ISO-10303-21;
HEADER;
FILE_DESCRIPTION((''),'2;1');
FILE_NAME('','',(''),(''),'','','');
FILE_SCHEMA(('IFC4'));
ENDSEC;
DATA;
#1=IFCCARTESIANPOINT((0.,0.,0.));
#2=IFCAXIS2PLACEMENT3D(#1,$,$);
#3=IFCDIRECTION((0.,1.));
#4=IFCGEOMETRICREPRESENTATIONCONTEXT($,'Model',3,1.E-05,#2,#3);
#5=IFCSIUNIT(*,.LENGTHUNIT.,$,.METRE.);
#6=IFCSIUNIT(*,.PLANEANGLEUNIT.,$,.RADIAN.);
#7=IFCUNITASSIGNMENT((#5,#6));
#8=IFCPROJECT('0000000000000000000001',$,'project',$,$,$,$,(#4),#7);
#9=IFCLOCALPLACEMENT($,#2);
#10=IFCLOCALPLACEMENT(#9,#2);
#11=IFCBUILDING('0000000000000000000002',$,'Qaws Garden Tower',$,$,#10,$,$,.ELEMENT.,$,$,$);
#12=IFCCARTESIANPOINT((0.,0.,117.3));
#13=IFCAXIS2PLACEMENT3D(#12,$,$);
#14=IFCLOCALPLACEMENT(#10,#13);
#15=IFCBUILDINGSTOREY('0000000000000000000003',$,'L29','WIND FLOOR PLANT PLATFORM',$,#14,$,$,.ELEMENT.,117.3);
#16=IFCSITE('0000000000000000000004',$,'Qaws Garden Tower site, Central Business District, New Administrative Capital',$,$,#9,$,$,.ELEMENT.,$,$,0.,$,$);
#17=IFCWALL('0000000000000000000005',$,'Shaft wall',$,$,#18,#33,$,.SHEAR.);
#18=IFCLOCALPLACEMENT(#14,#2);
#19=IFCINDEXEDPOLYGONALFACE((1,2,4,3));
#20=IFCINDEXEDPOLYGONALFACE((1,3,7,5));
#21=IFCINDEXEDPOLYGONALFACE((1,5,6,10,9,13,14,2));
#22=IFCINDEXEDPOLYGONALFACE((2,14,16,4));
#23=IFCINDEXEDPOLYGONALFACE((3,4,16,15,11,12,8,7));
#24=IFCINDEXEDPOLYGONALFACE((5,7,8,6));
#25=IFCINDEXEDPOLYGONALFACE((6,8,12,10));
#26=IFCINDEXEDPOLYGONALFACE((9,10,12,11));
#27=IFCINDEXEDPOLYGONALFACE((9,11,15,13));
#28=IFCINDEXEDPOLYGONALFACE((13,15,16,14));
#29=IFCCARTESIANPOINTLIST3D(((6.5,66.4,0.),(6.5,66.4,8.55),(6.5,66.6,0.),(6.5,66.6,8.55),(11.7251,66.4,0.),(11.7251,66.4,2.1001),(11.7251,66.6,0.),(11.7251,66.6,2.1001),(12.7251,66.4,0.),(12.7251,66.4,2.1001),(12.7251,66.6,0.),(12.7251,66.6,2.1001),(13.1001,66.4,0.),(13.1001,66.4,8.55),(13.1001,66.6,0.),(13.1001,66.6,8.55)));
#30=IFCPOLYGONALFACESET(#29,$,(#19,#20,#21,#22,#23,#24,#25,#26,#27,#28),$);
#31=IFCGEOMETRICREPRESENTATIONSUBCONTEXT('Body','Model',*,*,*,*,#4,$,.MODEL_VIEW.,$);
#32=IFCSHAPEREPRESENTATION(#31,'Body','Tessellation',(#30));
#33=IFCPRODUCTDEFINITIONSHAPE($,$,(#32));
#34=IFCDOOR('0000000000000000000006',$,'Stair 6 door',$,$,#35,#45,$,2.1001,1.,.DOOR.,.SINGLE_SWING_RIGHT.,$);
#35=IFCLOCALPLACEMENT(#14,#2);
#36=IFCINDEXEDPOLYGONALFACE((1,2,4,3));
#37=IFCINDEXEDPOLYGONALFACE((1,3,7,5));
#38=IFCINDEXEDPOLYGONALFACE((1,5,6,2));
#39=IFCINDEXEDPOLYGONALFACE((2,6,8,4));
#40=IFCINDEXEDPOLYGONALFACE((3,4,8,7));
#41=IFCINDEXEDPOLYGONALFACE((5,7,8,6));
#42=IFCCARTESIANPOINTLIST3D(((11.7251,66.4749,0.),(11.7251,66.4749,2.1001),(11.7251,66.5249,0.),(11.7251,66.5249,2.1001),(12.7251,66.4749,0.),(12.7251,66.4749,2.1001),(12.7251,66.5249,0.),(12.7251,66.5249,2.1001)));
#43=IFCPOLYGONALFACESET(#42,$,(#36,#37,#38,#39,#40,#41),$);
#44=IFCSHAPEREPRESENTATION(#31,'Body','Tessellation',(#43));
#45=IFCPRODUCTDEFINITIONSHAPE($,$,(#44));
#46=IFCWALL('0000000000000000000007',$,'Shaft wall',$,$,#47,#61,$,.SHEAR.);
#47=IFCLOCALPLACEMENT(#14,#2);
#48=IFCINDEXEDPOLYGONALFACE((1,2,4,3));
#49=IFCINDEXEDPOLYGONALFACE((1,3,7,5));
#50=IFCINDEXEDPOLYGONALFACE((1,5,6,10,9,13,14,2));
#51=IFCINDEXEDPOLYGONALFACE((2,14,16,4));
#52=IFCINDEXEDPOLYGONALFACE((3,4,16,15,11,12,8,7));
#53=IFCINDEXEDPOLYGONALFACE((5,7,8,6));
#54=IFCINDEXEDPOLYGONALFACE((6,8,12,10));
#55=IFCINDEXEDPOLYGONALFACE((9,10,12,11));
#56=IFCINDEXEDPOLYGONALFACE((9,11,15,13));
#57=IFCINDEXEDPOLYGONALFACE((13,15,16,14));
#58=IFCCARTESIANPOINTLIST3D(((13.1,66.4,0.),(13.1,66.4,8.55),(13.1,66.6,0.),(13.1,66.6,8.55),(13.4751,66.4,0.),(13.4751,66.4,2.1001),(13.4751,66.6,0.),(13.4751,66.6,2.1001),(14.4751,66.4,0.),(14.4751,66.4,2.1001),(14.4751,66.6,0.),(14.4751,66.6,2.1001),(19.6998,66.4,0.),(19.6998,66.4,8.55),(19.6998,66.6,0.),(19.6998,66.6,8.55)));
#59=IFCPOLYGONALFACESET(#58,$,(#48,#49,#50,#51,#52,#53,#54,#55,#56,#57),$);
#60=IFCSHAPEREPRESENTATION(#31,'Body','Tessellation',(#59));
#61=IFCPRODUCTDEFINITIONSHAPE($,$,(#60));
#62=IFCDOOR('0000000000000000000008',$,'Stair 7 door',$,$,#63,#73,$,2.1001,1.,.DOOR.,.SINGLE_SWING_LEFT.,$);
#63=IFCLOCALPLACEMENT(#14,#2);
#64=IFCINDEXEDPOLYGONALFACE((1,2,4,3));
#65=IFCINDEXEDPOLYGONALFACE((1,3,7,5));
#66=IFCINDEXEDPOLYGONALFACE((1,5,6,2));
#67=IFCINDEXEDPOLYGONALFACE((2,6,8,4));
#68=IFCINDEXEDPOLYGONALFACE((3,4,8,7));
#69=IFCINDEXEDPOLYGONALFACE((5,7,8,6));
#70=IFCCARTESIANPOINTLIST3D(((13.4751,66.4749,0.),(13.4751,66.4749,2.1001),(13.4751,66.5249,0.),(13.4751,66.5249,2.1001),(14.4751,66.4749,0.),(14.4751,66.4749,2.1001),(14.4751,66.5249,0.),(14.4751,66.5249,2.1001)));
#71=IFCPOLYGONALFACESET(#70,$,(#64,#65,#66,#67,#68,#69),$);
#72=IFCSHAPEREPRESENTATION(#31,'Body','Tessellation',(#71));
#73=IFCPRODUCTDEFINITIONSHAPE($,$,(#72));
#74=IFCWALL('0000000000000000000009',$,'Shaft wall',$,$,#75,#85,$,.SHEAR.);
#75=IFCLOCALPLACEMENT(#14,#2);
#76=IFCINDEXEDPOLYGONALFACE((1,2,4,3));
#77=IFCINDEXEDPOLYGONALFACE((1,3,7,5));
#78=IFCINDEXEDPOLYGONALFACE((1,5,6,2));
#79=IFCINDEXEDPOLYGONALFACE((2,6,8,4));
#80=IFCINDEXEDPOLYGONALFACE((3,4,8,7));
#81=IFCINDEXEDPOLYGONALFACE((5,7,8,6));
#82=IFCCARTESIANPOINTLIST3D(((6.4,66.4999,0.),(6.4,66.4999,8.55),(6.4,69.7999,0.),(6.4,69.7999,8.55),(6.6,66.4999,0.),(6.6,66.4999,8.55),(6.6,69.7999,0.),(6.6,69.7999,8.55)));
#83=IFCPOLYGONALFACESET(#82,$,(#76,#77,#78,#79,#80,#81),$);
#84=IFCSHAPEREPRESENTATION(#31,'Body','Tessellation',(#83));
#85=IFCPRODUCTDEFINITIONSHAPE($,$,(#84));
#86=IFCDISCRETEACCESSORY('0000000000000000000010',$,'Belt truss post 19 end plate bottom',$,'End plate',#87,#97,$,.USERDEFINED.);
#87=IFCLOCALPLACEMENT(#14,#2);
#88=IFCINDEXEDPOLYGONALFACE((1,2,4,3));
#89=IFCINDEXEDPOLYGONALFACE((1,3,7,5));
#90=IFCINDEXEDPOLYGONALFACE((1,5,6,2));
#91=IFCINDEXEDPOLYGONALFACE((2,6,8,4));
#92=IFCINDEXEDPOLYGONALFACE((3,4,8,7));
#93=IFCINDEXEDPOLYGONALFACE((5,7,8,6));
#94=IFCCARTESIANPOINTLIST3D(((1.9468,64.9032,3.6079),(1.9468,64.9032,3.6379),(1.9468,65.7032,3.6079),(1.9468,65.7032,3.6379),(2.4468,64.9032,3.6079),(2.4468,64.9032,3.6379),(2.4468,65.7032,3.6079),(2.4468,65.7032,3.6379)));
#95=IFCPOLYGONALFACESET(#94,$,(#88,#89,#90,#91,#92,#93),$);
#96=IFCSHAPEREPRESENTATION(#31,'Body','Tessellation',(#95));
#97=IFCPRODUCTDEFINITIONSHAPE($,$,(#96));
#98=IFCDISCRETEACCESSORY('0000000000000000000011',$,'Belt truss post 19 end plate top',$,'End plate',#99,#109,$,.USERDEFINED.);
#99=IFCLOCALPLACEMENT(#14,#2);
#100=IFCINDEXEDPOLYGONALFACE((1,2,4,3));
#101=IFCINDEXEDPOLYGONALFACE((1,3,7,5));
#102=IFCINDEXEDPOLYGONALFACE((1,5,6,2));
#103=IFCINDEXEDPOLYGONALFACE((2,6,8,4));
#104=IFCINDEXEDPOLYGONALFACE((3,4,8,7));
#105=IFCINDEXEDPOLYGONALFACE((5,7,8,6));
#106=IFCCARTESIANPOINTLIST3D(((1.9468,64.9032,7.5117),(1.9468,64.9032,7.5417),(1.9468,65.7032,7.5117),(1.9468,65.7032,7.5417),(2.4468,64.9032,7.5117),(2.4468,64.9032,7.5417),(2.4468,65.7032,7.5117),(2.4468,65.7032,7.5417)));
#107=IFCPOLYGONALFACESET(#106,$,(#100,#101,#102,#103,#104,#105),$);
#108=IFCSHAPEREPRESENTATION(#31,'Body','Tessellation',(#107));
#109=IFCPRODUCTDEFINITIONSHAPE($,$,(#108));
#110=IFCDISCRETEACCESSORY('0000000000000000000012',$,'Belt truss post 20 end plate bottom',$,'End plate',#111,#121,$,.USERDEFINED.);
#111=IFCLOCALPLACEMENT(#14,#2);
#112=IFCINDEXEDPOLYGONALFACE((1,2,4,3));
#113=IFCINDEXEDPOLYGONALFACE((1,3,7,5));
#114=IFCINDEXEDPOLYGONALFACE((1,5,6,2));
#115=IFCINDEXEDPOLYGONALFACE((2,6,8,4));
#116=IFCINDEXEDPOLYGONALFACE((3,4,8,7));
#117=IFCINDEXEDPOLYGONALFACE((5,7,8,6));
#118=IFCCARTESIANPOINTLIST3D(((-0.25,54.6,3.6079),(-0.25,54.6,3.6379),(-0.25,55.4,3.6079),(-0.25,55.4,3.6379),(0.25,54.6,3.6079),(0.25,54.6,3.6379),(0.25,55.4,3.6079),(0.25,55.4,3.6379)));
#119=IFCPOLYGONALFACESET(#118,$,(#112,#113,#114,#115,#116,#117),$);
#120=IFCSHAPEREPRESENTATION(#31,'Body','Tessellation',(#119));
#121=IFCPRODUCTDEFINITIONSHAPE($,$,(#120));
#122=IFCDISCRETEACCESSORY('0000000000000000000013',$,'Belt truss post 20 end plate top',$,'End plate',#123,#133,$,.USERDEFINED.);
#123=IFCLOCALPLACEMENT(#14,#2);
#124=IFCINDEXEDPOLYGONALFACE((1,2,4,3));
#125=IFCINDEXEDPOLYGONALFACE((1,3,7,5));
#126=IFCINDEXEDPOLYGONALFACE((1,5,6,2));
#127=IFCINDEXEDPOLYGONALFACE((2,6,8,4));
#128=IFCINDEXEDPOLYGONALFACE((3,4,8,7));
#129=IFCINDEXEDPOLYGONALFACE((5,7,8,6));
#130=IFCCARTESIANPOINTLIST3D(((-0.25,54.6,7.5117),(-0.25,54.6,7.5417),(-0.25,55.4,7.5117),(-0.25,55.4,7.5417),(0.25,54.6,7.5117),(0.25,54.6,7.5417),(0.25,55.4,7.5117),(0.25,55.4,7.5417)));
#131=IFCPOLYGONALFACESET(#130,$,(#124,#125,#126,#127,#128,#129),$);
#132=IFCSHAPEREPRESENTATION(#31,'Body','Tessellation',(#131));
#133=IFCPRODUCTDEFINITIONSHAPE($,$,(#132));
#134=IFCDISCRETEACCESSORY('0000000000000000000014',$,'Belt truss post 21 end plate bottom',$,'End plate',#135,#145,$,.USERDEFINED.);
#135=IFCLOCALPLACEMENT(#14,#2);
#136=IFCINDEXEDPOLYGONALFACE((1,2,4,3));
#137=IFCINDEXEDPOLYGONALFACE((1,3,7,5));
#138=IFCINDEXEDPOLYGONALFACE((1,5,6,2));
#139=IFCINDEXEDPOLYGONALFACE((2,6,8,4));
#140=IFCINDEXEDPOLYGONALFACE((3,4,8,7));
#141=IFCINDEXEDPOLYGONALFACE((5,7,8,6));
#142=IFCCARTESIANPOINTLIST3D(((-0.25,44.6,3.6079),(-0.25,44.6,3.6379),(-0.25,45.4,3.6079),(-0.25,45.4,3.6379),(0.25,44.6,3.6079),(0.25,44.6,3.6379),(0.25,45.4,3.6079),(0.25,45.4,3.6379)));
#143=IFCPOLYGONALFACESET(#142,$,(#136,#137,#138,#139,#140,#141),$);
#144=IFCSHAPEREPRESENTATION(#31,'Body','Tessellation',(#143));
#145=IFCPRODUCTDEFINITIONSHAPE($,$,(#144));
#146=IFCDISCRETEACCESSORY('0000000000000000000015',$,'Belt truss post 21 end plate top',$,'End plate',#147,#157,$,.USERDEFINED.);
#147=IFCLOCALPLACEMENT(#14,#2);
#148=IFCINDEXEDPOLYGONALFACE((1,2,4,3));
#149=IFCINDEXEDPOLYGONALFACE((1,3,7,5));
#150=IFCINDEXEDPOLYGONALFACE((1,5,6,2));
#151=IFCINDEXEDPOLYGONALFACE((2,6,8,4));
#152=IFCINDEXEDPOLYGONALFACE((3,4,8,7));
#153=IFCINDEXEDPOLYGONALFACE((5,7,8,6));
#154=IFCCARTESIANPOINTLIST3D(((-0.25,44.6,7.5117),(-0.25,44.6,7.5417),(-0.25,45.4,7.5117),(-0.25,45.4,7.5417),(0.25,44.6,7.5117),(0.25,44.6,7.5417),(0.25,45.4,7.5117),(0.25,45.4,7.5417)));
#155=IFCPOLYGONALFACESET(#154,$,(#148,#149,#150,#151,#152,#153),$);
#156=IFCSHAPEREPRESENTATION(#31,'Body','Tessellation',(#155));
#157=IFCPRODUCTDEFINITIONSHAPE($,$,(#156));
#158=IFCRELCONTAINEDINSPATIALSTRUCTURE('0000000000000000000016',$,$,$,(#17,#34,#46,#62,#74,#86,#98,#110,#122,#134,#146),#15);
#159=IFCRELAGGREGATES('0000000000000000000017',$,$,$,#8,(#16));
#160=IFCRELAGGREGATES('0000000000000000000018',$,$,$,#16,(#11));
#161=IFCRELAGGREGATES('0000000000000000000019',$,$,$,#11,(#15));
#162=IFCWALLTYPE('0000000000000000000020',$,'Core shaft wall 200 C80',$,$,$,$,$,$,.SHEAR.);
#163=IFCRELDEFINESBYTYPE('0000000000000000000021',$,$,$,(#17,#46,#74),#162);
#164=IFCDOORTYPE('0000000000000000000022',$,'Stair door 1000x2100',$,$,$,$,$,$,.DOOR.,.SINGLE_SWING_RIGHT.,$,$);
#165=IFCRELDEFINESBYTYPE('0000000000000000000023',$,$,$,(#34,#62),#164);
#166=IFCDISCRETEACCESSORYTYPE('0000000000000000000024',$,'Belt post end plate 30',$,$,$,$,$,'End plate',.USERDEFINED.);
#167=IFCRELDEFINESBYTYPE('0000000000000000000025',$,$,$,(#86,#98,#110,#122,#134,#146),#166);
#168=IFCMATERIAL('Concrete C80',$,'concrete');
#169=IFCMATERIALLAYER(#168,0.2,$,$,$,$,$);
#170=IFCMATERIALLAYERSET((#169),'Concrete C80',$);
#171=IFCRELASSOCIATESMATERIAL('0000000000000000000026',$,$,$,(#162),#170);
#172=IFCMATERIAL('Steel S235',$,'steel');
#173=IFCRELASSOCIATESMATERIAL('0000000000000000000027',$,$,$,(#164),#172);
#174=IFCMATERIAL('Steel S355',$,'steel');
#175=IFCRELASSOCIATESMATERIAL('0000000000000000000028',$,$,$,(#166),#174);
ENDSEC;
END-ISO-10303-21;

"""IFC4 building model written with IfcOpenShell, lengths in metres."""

from ifc_helpers import new_model, si_unit, direction, frame, frame_2d, origin, origin_2d, place, context, subcontext, project, spatial, rectangle, extrude, material, layer, layer_set, type_object, element, fill, save


model = new_model("IFC4")

# Units and contexts
model_context = context("Model", 3, precision=1e-05, world=origin(), true_north=direction((0.0, 1.0)))
body_context = subcontext(model_context, "Body", "Model", "MODEL_VIEW")
ifc_project = project(units=[si_unit("LENGTHUNIT", "METRE"), si_unit("PLANEANGLEUNIT", "RADIAN")], contexts=[model_context])

# Site, building, storey
site_placement = place(None, origin())
site = spatial("IfcSite", under=ifc_project, at=site_placement, Name="Qaws Garden Tower site, Central Business District, New Administrative Capital", CompositionType="ELEMENT", RefElevation=0.0)
building_placement = place(site_placement, origin())
building = spatial("IfcBuilding", under=site, at=building_placement, Name="Qaws Garden Tower", CompositionType="ELEMENT")
storey_placement = place(building_placement, frame((0.0, 0.0, 117.3)))
storey = spatial("IfcBuildingStorey", under=building, at=storey_placement, Name="L29", Description="WIND FLOOR PLANT PLATFORM", CompositionType="ELEMENT", Elevation=117.3)

# Shared definitions
placement_1 = place(storey_placement, frame((2.1968, 65.3032, 3.6079), z_axis=(0.0, 0.0, 1.0), x_axis=(1.0, 0.0, 0.0)))
placement_2 = place(storey_placement, frame((0.0, 55.0, 3.6079), z_axis=(0.0, 0.0, 1.0), x_axis=(1.0, 0.0, 0.0)))

# Walls, openings, doors
ifc_material_1 = material(Name="Concrete C80", Category="concrete")
ifc_layer = layer(ifc_material_1, 0.2)
ifc_layer_set = layer_set([ifc_layer], Name="Concrete C80")
wall_type = type_object("IfcWallType", Name="Core shaft wall 200 C80", PredefinedType="SHEAR", material=ifc_layer_set)
wall_1_placement = place(storey_placement, frame((6.5, 66.5, 0.0), z_axis=(0.0, 0.0, 1.0), x_axis=(1.0, 0.0, 0.0)))
wall_1 = element("IfcWall", 1, at=wall_1_placement, inside=storey, type_object=wall_type, Name="Shaft wall", PredefinedType="SHEAR", context=body_context, shape_type="SweptSolid", body=[
    extrude(rectangle(XDim=6.6001, YDim=0.2, at=frame_2d((3.3, 0.0))), origin(), (0.0, 0.0, 1.0), 8.55),
])
opening_1_placement = place(wall_1_placement, frame((5.2251, 0.0, 0.0)))
opening_1 = element("IfcOpeningElement", 2, at=opening_1_placement, cuts=wall_1, PredefinedType="OPENING", context=body_context, shape_type="SweptSolid", body=[
    extrude(rectangle(XDim=1.0, YDim=2.1001, at=frame_2d((0.5, 1.05))), frame((0.0, 0.1099, 0.0), z_axis=(0.0, -1.0, 0.0), x_axis=(1.0, 0.0, 0.0)), (0.0, 0.0, 1.0), 0.22),
])
ifc_material_2 = material(Name="Steel S235", Category="steel")
door_type = type_object("IfcDoorType", Name="Stair door 1000x2100", OperationType="SINGLE_SWING_RIGHT", PredefinedType="DOOR", material=ifc_material_2)
door_1_placement = place(opening_1_placement, origin())
door_1 = element("IfcDoor", 3, at=door_1_placement, inside=storey, type_object=door_type, Name="Stair 6 door", OperationType="SINGLE_SWING_RIGHT", OverallHeight=2.1001, OverallWidth=1.0, PredefinedType="DOOR", context=body_context, shape_type="SweptSolid", body=[
    extrude(rectangle(XDim=1.0, YDim=2.1001, at=frame_2d((0.5, 1.05))), frame((0.0, 0.0249, 0.0), z_axis=(0.0, -1.0, 0.0), x_axis=(1.0, 0.0, 0.0)), (0.0, 0.0, 1.0), 0.05),
])
fill(opening_1, door_1)
wall_2_placement = place(storey_placement, frame((13.1001, 66.5, 0.0), z_axis=(0.0, 0.0, 1.0), x_axis=(1.0, 0.0, 0.0)))
wall_2 = element("IfcWall", 4, at=wall_2_placement, inside=storey, type_object=wall_type, Name="Shaft wall", PredefinedType="SHEAR", context=body_context, shape_type="SweptSolid", body=[
    extrude(rectangle(XDim=6.5999, YDim=0.2, at=frame_2d((3.2998, 0.0))), origin(), (0.0, 0.0, 1.0), 8.55),
])
opening_2_placement = place(wall_2_placement, frame((0.375, 0.0, 0.0)))
opening_2 = element("IfcOpeningElement", 5, at=opening_2_placement, cuts=wall_2, PredefinedType="OPENING", context=body_context, shape_type="SweptSolid", body=[
    extrude(rectangle(XDim=1.0, YDim=2.1001, at=frame_2d((0.5, 1.05))), frame((0.0, 0.1099, 0.0), z_axis=(0.0, -1.0, 0.0), x_axis=(1.0, 0.0, 0.0)), (0.0, 0.0, 1.0), 0.22),
])
door_2_placement = place(opening_2_placement, origin())
door_2 = element("IfcDoor", 6, at=door_2_placement, inside=storey, type_object=door_type, Name="Stair 7 door", OperationType="SINGLE_SWING_LEFT", OverallHeight=2.1001, OverallWidth=1.0, PredefinedType="DOOR", context=body_context, shape_type="SweptSolid", body=[
    extrude(rectangle(XDim=1.0, YDim=2.1001, at=frame_2d((0.5, 1.05))), frame((0.0, 0.0249, 0.0), z_axis=(0.0, -1.0, 0.0), x_axis=(1.0, 0.0, 0.0)), (0.0, 0.0, 1.0), 0.05),
])
fill(opening_2, door_2)

# Wall
wall_3_placement = place(storey_placement, frame((6.5, 66.5, 0.0), z_axis=(0.0, 0.0, 1.0), x_axis=(0.0, 1.0, 0.0)))
element("IfcWall", 7, at=wall_3_placement, inside=storey, type_object=wall_type, Name="Shaft wall", PredefinedType="SHEAR", context=body_context, shape_type="SweptSolid", body=[
    extrude(rectangle(XDim=3.3, YDim=0.2, at=frame_2d((1.6499, 0.0))), origin(), (0.0, 0.0, 1.0), 8.55),
])

# Discrete accessories
ifc_material_3 = material(Name="Steel S355", Category="steel")
discrete_accessory_type = type_object("IfcDiscreteAccessoryType", Name="Belt post end plate 30", ElementType="End plate", PredefinedType="USERDEFINED", material=ifc_material_3)
element("IfcDiscreteAccessory", 8, at=placement_1, inside=storey, type_object=discrete_accessory_type, Name="Belt truss post 19 end plate bottom", ObjectType="End plate", PredefinedType="USERDEFINED", context=body_context, shape_type="SweptSolid", body=[
    extrude(rectangle(XDim=0.5, YDim=0.8, at=origin_2d()), origin(), (0.0, 0.0, 1.0), 0.03),
])
discrete_accessory_1_placement = place(storey_placement, frame((2.1968, 65.3032, 7.5117), z_axis=(0.0, 0.0, 1.0), x_axis=(1.0, 0.0, 0.0)))
element("IfcDiscreteAccessory", 9, at=discrete_accessory_1_placement, inside=storey, type_object=discrete_accessory_type, Name="Belt truss post 19 end plate top", ObjectType="End plate", PredefinedType="USERDEFINED", context=body_context, shape_type="SweptSolid", body=[
    extrude(rectangle(XDim=0.5, YDim=0.8, at=origin_2d()), origin(), (0.0, 0.0, 1.0), 0.03),
])
element("IfcDiscreteAccessory", 10, at=placement_2, inside=storey, type_object=discrete_accessory_type, Name="Belt truss post 20 end plate bottom", ObjectType="End plate", PredefinedType="USERDEFINED", context=body_context, shape_type="SweptSolid", body=[
    extrude(rectangle(XDim=0.5, YDim=0.8, at=origin_2d()), origin(), (0.0, 0.0, 1.0), 0.03),
])
discrete_accessory_2_placement = place(storey_placement, frame((0.0, 55.0, 7.5117), z_axis=(0.0, 0.0, 1.0), x_axis=(1.0, 0.0, 0.0)))
element("IfcDiscreteAccessory", 11, at=discrete_accessory_2_placement, inside=storey, type_object=discrete_accessory_type, Name="Belt truss post 20 end plate top", ObjectType="End plate", PredefinedType="USERDEFINED", context=body_context, shape_type="SweptSolid", body=[
    extrude(rectangle(XDim=0.5, YDim=0.8, at=origin_2d()), origin(), (0.0, 0.0, 1.0), 0.03),
])
discrete_accessory_3_placement = place(storey_placement, frame((0.0, 45.0, 3.6079), z_axis=(0.0, 0.0, 1.0), x_axis=(1.0, 0.0, 0.0)))
element("IfcDiscreteAccessory", 12, at=discrete_accessory_3_placement, inside=storey, type_object=discrete_accessory_type, Name="Belt truss post 21 end plate bottom", ObjectType="End plate", PredefinedType="USERDEFINED", context=body_context, shape_type="SweptSolid", body=[
    extrude(rectangle(XDim=0.5, YDim=0.8, at=origin_2d()), origin(), (0.0, 0.0, 1.0), 0.03),
])
discrete_accessory_4_placement = place(storey_placement, frame((0.0, 45.0, 7.5117), z_axis=(0.0, 0.0, 1.0), x_axis=(1.0, 0.0, 0.0)))
element("IfcDiscreteAccessory", 13, at=discrete_accessory_4_placement, inside=storey, type_object=discrete_accessory_type, Name="Belt truss post 21 end plate top", ObjectType="End plate", PredefinedType="USERDEFINED", context=body_context, shape_type="SweptSolid", body=[
    extrude(rectangle(XDim=0.5, YDim=0.8, at=origin_2d()), origin(), (0.0, 0.0, 1.0), 0.03),
])

save(model, "model.ifc")
